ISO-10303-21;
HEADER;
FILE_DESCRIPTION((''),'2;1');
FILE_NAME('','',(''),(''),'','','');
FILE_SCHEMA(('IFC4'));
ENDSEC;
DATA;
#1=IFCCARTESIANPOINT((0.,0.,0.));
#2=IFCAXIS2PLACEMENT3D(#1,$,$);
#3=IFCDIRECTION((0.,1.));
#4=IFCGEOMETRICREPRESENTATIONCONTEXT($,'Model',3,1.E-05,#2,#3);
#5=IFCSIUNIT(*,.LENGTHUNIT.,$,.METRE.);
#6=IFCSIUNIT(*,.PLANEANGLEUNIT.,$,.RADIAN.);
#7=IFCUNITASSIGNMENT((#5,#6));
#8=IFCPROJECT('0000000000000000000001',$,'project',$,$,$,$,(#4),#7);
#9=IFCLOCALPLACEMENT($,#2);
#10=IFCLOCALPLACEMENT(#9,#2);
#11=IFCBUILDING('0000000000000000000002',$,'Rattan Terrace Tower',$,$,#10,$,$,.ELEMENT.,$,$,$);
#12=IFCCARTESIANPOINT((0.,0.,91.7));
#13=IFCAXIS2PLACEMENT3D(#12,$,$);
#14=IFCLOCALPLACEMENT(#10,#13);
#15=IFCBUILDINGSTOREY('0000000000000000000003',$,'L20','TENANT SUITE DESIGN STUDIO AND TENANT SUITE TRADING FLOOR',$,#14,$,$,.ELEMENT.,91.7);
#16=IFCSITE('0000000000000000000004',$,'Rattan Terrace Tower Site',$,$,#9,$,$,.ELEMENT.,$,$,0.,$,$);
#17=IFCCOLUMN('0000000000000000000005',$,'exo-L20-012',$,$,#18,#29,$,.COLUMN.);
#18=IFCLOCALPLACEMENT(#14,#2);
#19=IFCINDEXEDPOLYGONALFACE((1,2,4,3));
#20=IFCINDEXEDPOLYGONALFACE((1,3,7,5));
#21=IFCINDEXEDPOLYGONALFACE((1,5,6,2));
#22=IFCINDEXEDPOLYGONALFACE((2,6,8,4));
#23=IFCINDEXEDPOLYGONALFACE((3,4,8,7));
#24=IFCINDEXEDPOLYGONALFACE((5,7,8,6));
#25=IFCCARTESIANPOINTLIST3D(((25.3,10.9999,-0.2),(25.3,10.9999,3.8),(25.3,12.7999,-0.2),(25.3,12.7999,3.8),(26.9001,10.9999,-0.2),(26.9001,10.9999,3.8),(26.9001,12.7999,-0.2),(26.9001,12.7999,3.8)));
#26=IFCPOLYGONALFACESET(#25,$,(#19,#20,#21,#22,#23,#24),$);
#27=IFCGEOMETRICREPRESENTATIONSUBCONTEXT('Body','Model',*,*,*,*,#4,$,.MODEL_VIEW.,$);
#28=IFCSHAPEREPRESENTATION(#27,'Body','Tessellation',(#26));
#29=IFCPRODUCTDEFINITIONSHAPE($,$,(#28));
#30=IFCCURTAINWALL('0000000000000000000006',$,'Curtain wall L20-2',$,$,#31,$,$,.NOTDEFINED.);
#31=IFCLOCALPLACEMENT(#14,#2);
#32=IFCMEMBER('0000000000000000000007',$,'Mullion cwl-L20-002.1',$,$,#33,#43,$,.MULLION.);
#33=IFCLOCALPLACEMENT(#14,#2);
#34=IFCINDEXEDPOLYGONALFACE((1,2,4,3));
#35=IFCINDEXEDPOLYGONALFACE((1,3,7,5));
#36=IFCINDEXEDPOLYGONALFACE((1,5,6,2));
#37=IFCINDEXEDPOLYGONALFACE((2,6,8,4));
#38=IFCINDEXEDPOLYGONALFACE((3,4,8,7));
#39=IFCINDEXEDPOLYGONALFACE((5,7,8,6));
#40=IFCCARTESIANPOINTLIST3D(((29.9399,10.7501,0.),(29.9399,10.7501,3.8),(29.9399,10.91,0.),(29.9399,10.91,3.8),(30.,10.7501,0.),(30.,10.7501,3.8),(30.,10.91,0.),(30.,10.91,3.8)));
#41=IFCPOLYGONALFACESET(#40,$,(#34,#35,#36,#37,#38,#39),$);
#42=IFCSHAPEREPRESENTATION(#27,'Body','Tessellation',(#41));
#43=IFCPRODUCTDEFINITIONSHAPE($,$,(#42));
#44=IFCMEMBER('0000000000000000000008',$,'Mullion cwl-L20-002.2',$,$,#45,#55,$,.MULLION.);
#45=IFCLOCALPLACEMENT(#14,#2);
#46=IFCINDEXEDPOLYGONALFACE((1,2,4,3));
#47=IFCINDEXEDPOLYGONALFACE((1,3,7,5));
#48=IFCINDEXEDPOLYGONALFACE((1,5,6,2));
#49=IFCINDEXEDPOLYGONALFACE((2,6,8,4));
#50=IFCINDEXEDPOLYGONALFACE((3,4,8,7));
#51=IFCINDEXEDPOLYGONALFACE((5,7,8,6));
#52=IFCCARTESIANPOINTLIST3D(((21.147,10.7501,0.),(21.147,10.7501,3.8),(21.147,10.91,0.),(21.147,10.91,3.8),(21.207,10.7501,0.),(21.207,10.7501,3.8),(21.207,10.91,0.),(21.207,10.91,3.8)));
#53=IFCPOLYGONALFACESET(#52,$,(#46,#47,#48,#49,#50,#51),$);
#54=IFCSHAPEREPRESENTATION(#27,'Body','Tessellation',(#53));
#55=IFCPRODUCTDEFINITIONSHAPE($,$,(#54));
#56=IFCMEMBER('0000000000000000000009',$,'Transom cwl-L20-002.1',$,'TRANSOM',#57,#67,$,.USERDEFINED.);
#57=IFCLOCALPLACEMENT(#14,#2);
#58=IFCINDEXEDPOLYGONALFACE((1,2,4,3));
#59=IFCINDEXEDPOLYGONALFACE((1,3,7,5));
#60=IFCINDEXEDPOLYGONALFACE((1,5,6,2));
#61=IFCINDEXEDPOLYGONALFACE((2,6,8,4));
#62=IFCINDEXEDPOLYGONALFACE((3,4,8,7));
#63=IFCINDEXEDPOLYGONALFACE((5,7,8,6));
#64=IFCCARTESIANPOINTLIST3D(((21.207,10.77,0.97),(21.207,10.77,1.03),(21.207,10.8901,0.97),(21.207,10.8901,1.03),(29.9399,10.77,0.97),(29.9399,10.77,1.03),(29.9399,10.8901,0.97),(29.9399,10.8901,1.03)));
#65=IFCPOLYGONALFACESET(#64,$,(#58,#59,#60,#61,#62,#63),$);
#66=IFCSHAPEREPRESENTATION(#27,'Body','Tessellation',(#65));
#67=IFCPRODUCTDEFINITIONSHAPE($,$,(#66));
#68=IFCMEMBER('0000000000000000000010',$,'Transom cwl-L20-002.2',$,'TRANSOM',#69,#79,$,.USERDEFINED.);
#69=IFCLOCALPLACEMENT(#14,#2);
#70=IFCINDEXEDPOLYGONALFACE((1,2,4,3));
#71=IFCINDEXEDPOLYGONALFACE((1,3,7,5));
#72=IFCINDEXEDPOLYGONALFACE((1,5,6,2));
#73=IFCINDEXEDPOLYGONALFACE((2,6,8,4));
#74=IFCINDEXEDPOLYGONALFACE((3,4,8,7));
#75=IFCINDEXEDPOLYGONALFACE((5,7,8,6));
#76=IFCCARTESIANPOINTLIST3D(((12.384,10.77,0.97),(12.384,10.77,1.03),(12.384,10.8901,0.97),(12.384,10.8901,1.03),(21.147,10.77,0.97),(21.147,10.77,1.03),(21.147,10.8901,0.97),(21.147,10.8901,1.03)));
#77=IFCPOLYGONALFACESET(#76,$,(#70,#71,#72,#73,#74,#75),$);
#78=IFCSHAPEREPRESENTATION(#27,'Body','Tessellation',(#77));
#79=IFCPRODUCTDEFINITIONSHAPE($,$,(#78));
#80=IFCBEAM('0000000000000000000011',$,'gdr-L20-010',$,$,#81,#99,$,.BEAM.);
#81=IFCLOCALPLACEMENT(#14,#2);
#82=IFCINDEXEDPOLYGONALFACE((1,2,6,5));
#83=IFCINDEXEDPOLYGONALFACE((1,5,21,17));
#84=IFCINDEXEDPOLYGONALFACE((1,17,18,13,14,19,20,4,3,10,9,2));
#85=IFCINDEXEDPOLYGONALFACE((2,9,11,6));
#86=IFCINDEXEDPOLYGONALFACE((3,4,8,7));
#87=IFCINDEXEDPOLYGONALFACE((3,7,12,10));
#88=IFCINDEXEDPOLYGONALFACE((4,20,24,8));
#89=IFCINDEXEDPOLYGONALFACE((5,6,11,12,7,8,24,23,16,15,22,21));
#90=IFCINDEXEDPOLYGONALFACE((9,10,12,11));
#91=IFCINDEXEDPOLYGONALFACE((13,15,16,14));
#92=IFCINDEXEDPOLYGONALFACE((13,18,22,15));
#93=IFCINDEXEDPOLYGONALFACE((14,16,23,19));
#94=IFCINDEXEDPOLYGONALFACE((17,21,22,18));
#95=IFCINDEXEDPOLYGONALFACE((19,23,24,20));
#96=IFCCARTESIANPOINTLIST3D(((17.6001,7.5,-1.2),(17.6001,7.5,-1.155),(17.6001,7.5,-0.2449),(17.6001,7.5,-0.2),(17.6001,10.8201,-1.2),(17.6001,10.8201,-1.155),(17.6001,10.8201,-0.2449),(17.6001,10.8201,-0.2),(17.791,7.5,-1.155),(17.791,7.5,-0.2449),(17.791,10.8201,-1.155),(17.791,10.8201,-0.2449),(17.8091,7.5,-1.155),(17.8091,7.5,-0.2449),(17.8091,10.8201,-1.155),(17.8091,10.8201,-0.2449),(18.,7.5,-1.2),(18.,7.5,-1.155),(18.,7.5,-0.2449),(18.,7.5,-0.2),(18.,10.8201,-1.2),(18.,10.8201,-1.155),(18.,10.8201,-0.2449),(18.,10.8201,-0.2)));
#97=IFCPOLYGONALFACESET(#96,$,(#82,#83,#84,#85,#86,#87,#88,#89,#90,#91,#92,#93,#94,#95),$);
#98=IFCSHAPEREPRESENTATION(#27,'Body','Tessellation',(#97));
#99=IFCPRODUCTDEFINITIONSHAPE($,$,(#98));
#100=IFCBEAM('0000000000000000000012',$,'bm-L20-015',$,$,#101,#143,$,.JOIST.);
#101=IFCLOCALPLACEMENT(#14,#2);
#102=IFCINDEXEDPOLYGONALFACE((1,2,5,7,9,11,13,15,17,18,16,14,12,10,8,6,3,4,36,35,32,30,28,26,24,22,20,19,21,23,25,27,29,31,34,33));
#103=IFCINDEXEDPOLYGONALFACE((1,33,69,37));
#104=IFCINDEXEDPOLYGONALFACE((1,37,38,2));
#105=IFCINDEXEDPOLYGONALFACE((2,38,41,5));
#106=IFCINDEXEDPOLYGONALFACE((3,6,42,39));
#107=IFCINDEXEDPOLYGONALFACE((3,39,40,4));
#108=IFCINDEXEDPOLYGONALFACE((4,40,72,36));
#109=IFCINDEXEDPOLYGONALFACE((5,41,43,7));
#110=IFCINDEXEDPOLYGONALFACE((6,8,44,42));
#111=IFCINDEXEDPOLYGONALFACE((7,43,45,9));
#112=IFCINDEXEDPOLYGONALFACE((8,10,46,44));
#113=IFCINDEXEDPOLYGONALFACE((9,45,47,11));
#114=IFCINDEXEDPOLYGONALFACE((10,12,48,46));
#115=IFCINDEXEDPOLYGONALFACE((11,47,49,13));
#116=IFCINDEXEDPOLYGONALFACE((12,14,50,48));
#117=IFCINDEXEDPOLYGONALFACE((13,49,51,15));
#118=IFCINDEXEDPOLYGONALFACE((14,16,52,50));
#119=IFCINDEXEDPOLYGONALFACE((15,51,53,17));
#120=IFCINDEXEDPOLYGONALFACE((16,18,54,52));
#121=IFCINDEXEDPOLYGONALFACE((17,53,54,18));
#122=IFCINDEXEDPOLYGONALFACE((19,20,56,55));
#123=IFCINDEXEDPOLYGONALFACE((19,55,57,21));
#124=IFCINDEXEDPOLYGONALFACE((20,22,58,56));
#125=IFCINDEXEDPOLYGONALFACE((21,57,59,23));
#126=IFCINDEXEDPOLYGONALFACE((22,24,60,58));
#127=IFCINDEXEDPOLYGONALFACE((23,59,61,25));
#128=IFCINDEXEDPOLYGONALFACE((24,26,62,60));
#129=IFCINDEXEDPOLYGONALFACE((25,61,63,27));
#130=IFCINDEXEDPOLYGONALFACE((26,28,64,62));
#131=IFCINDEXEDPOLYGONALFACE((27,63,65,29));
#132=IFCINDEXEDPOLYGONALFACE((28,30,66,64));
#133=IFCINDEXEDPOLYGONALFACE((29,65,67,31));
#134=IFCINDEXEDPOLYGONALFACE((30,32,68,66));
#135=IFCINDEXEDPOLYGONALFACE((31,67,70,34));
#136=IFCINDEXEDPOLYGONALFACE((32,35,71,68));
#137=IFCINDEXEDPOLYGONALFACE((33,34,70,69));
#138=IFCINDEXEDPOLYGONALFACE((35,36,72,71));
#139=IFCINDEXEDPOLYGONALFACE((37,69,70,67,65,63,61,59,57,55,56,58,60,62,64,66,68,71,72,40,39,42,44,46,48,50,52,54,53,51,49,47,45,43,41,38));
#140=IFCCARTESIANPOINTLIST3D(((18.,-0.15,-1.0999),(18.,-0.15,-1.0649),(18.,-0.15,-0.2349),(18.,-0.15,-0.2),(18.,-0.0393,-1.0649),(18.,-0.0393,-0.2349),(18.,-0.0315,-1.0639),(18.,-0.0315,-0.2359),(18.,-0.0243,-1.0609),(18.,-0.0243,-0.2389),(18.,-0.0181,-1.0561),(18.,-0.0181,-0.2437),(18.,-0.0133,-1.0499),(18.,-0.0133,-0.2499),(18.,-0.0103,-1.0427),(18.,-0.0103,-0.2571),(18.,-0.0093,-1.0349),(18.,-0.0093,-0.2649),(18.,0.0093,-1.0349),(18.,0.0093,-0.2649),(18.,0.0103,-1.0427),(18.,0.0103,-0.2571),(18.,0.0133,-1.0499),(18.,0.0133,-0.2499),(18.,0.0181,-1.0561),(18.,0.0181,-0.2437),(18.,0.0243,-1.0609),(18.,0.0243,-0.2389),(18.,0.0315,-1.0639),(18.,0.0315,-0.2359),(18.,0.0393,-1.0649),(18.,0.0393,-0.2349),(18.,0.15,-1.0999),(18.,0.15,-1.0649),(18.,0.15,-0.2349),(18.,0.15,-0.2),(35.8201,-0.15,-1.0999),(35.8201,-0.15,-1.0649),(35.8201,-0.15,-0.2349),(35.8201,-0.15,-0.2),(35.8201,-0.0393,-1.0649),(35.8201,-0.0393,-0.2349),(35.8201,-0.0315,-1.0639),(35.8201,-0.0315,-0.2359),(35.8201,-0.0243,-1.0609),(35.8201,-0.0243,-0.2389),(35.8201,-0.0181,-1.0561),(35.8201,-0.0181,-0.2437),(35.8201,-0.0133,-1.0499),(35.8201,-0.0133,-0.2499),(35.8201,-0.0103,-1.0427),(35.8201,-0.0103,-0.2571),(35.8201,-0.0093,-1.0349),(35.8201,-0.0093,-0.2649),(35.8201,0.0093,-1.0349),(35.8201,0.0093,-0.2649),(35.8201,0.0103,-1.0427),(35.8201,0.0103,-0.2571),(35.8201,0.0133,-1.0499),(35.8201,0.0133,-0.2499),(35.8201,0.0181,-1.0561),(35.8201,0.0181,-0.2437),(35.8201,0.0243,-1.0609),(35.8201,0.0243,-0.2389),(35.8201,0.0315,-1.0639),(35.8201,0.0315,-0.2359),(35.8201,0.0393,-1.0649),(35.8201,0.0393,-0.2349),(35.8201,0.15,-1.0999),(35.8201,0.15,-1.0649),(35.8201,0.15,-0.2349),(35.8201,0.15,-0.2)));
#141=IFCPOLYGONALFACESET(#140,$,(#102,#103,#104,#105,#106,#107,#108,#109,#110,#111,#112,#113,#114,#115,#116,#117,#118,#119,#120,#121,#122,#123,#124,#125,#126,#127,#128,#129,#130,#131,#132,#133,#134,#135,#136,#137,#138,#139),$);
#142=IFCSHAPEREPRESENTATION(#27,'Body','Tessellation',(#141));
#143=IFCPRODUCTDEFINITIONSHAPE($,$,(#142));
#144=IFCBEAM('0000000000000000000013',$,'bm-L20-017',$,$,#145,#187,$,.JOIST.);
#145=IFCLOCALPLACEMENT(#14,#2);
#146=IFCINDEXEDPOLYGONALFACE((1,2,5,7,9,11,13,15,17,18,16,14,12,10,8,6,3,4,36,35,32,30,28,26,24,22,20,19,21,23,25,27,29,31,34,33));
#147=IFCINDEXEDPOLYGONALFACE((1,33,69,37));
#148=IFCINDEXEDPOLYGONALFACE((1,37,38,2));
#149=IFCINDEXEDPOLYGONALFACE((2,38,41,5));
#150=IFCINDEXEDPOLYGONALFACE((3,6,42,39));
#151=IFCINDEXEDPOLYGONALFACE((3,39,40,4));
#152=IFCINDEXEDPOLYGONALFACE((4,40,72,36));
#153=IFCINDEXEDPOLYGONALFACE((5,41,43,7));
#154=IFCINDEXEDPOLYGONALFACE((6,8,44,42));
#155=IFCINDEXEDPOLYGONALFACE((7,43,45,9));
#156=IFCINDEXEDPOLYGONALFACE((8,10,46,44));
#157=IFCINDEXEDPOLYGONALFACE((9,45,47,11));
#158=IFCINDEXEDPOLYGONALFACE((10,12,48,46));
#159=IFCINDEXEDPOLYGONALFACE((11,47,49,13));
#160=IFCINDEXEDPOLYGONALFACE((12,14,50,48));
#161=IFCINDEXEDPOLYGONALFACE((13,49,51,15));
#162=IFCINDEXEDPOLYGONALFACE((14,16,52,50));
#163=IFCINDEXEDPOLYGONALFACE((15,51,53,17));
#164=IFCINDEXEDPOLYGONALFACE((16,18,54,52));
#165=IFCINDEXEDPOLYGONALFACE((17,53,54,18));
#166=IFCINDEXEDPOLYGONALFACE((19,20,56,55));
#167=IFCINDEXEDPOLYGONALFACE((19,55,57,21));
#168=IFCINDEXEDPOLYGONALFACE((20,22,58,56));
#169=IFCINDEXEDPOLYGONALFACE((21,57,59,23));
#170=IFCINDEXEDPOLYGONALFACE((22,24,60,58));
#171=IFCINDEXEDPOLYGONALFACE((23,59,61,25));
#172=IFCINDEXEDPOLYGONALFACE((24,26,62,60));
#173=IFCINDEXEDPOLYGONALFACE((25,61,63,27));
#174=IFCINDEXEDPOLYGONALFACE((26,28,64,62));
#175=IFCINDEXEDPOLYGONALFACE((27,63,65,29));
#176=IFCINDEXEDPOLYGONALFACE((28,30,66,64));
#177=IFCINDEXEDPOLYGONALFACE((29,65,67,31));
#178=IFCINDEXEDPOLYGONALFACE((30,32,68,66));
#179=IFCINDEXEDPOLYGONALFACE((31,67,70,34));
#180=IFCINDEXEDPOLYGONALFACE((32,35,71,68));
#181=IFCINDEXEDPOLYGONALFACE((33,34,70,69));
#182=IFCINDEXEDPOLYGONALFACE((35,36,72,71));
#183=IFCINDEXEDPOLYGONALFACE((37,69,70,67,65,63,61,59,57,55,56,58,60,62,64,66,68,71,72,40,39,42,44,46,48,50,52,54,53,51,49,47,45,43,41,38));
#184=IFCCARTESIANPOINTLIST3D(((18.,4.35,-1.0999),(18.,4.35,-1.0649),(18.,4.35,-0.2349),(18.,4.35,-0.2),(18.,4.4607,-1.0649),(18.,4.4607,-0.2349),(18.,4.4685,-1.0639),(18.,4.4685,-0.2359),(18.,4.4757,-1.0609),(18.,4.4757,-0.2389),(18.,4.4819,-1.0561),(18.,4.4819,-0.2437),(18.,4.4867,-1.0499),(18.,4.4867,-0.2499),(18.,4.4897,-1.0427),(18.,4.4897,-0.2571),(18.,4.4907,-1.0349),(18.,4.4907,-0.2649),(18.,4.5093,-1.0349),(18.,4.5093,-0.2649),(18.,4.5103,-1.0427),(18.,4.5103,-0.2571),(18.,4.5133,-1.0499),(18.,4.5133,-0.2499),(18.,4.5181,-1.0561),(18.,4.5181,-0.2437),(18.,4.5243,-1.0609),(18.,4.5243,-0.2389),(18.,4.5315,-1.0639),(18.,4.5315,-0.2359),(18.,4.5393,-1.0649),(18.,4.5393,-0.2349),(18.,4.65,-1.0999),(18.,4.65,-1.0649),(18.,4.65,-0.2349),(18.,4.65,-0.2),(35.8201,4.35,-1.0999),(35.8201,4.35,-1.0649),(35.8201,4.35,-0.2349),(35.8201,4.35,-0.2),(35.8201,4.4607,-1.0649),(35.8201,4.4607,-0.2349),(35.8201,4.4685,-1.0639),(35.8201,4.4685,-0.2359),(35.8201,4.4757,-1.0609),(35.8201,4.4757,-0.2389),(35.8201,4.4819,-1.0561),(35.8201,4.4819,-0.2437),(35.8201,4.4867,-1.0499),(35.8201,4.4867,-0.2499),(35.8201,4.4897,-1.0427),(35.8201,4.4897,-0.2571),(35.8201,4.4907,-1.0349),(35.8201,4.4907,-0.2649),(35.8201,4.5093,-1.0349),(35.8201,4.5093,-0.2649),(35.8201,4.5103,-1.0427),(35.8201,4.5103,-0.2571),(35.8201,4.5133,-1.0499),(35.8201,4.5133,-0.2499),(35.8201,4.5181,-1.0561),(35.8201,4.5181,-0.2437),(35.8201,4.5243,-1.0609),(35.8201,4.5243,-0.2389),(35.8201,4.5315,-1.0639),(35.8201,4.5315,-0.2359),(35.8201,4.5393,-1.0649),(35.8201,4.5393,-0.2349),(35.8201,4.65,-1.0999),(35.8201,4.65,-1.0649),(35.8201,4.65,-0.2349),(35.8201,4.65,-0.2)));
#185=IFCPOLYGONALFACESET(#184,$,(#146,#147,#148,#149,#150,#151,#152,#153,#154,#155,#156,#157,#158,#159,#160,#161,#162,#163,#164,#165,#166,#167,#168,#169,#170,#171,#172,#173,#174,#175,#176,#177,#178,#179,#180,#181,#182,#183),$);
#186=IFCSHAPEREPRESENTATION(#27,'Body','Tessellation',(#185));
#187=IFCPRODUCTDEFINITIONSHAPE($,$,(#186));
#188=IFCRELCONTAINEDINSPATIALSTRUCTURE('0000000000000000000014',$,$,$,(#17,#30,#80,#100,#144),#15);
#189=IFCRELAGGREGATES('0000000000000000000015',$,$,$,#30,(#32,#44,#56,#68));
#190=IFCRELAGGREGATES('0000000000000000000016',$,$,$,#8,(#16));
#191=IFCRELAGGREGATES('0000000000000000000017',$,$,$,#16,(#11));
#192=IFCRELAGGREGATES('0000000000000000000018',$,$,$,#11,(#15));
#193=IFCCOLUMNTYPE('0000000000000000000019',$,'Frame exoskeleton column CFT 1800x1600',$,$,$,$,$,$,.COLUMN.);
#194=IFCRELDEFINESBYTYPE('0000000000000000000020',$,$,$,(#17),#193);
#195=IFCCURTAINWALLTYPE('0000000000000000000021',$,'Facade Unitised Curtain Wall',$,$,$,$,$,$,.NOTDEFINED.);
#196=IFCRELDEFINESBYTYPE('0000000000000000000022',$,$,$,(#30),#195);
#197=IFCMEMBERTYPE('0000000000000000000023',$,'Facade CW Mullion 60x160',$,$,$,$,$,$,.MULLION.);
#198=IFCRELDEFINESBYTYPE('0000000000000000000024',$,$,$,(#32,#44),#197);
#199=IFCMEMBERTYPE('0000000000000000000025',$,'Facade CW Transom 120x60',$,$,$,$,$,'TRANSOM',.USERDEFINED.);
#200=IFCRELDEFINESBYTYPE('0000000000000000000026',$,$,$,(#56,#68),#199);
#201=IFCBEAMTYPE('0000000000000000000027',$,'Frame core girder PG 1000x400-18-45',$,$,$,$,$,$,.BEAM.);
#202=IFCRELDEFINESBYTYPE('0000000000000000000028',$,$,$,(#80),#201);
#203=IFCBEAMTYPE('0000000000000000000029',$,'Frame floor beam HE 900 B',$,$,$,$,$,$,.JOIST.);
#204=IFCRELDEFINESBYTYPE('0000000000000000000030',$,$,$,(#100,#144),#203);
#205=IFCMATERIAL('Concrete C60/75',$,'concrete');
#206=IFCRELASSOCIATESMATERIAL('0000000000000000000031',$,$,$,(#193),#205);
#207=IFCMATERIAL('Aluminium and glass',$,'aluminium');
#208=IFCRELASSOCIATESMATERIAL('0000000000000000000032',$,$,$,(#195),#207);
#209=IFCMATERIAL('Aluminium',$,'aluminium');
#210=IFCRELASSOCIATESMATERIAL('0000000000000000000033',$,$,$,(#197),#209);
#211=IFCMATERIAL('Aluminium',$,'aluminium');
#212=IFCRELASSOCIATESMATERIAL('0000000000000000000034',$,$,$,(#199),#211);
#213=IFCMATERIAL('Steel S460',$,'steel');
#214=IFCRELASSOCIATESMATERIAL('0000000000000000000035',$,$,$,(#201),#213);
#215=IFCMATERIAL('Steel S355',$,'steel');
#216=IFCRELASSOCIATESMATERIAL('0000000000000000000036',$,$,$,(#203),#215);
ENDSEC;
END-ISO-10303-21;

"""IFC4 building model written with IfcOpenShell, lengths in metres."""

from ifc_helpers import new_model, si_unit, direction, frame, origin, origin_2d, place, context, subcontext, project, spatial, rectangle, i_section, extrude, material, material_profile, profile_set, type_object, element, aggregate, save


model = new_model("IFC4")

# Units and contexts
model_context = context("Model", 3, precision=1e-05, world=origin(), true_north=direction((0.0, 1.0)))
body_context = subcontext(model_context, "Body", "Model", "MODEL_VIEW")
ifc_project = project(units=[si_unit("LENGTHUNIT", "METRE"), si_unit("PLANEANGLEUNIT", "RADIAN")], contexts=[model_context])

# Site, building, storey
site_placement = place(None, origin())
site = spatial("IfcSite", under=ifc_project, at=site_placement, Name="Rattan Terrace Tower Site", CompositionType="ELEMENT", RefElevation=0.0)
building_placement = place(site_placement, origin())
building = spatial("IfcBuilding", under=site, at=building_placement, Name="Rattan Terrace Tower", CompositionType="ELEMENT")
storey_placement = place(building_placement, frame((0.0, 0.0, 91.7)))
storey = spatial("IfcBuildingStorey", under=building, at=storey_placement, Name="L20", Description="TENANT SUITE DESIGN STUDIO AND TENANT SUITE TRADING FLOOR", CompositionType="ELEMENT", Elevation=91.7)

# Column
ifc_material_1 = material(Name="Concrete C60/75", Category="concrete")
ifc_material_profile_1 = material_profile(ifc_material_1, rectangle(XDim=1.6001, YDim=1.8, at=origin_2d()), Name="CFT 1800x1600")
ifc_profile_set_1 = profile_set([ifc_material_profile_1], Name="Concrete C60/75")
column_type = type_object("IfcColumnType", Name="Frame exoskeleton column CFT 1800x1600", PredefinedType="COLUMN", material=ifc_profile_set_1)
column_placement = place(storey_placement, frame((26.1001, 11.8999, -0.2), z_axis=(0.0, 0.0, 1.0), x_axis=(1.0, 0.0, 0.0)))
element("IfcColumn", 1, at=column_placement, inside=storey, type_object=column_type, Name="exo-L20-012", PredefinedType="COLUMN", context=body_context, shape_type="SweptSolid", body=[
    extrude(rectangle(XDim=1.6001, YDim=1.8, at=origin_2d()), origin(), (0.0, 0.0, 1.0), 4.0),
])

# Curtain wall, members
ifc_material_2 = material(Name="Aluminium and glass", Category="aluminium")
curtain_wall_type = type_object("IfcCurtainWallType", Name="Facade Unitised Curtain Wall", PredefinedType="NOTDEFINED", material=ifc_material_2)
curtain_wall_placement = place(storey_placement, origin())
curtain_wall = element("IfcCurtainWall", 2, at=curtain_wall_placement, inside=storey, type_object=curtain_wall_type, Name="Curtain wall L20-2", PredefinedType="NOTDEFINED")
ifc_material_3 = material(Name="Aluminium", Category="aluminium")
ifc_material_profile_2 = material_profile(ifc_material_3, rectangle(XDim=0.0601, YDim=0.1599, at=origin_2d()), Name="Aluminium 60x160")
ifc_profile_set_2 = profile_set([ifc_material_profile_2], Name="Aluminium")
member_type_1 = type_object("IfcMemberType", Name="Facade CW Mullion 60x160", PredefinedType="MULLION", material=ifc_profile_set_2)
member_1_placement = place(storey_placement, frame((29.97, 10.8301, 0.0), z_axis=(0.0, 0.0, 1.0), x_axis=(-1.0, 0.0, 0.0)))
member_1 = element("IfcMember", 3, at=member_1_placement, type_object=member_type_1, Name="Mullion cwl-L20-002.1", PredefinedType="MULLION", context=body_context, shape_type="SweptSolid", body=[
    extrude(rectangle(XDim=0.0601, YDim=0.1599, at=origin_2d()), origin(), (0.0, 0.0, 1.0), 3.8),
])
member_2_placement = place(storey_placement, frame((21.177, 10.8301, 0.0), z_axis=(0.0, 0.0, 1.0), x_axis=(-1.0, 0.0, 0.0)))
member_2 = element("IfcMember", 4, at=member_2_placement, type_object=member_type_1, Name="Mullion cwl-L20-002.2", PredefinedType="MULLION", context=body_context, shape_type="SweptSolid", body=[
    extrude(rectangle(XDim=0.0601, YDim=0.1599, at=origin_2d()), origin(), (0.0, 0.0, 1.0), 3.8),
])
ifc_material_4 = material(Name="Aluminium", Category="aluminium")
ifc_material_profile_3 = material_profile(ifc_material_4, rectangle(XDim=0.1201, YDim=0.0601, at=origin_2d()), Name="Aluminium 120x60")
ifc_profile_set_3 = profile_set([ifc_material_profile_3], Name="Aluminium")
member_type_2 = type_object("IfcMemberType", Name="Facade CW Transom 120x60", ElementType="TRANSOM", PredefinedType="USERDEFINED", material=ifc_profile_set_3)
member_3_placement = place(storey_placement, frame((29.9399, 10.8301, 1.0), z_axis=(-1.0, 0.0, 0.0), x_axis=(0.0, -1.0, 0.0)))
member_3 = element("IfcMember", 5, at=member_3_placement, type_object=member_type_2, Name="Transom cwl-L20-002.1", ObjectType="TRANSOM", PredefinedType="USERDEFINED", context=body_context, shape_type="SweptSolid", body=[
    extrude(rectangle(XDim=0.1201, YDim=0.0601, at=origin_2d()), origin(), (0.0, 0.0, 1.0), 8.7329),
])
member_4_placement = place(storey_placement, frame((21.147, 10.8301, 1.0), z_axis=(-1.0, 0.0, 0.0), x_axis=(0.0, -1.0, 0.0)))
member_4 = element("IfcMember", 6, at=member_4_placement, type_object=member_type_2, Name="Transom cwl-L20-002.2", ObjectType="TRANSOM", PredefinedType="USERDEFINED", context=body_context, shape_type="SweptSolid", body=[
    extrude(rectangle(XDim=0.1201, YDim=0.0601, at=origin_2d()), origin(), (0.0, 0.0, 1.0), 8.7629),
])

# Beams
ifc_material_5 = material(Name="Steel S460", Category="steel")
ifc_material_profile_4 = material_profile(ifc_material_5, i_section(OverallWidth=0.3999, OverallDepth=1.0, WebThickness=0.0181, FlangeThickness=0.0449, at=origin_2d()), Name="PG 1000x400-18-45")
ifc_profile_set_4 = profile_set([ifc_material_profile_4], Name="Steel S460")
beam_type_1 = type_object("IfcBeamType", Name="Frame core girder PG 1000x400-18-45", PredefinedType="BEAM", material=ifc_profile_set_4)
beam_placement = place(storey_placement, frame((17.8, 7.5, -0.7), z_axis=(0.0, 1.0, 0.0), x_axis=(-1.0, 0.0, 0.0)))
element("IfcBeam", 7, at=beam_placement, inside=storey, type_object=beam_type_1, Name="gdr-L20-010", PredefinedType="BEAM", context=body_context, shape_type="SweptSolid", body=[
    extrude(i_section(OverallWidth=0.3999, OverallDepth=1.0, WebThickness=0.0181, FlangeThickness=0.0449, at=origin_2d()), origin(), (0.0, 0.0, 1.0), 3.3201),
])
ifc_material_6 = material(Name="Steel S355", Category="steel")
ifc_material_profile_5 = material_profile(ifc_material_6, i_section(OverallWidth=0.3, OverallDepth=0.8999, WebThickness=0.0186, FlangeThickness=0.0349, FilletRadius=0.03, at=origin_2d()), Name="HE 900 B")
ifc_profile_set_5 = profile_set([ifc_material_profile_5], Name="Steel S355")
beam_type_2 = type_object("IfcBeamType", Name="Frame floor beam HE 900 B", PredefinedType="JOIST", material=ifc_profile_set_5)
for number, where, z_axis, x_axis, name in (
    (8, (18.0, 0.0, -0.6499), (1.0, 0.0, 0.0), (0.0, 1.0, 0.0), "bm-L20-015"),
    (9, (18.0, 4.5, -0.6499), (1.0, 0.0, 0.0), (0.0, 1.0, 0.0), "bm-L20-017"),
):
    element("IfcBeam", number, at=place(storey_placement, frame(where, z_axis=z_axis, x_axis=x_axis)), inside=storey, type_object=beam_type_2, Name=name, PredefinedType="JOIST", context=body_context, shape_type="SweptSolid", body=[
        extrude(i_section(OverallWidth=0.3, OverallDepth=0.8999, WebThickness=0.0186, FlangeThickness=0.0349, FilletRadius=0.03, at=origin_2d()), origin(), (0.0, 0.0, 1.0), 17.8201),
    ])

aggregate(curtain_wall, [member_1, member_2, member_3, member_4])

save(model, "model.ifc")
